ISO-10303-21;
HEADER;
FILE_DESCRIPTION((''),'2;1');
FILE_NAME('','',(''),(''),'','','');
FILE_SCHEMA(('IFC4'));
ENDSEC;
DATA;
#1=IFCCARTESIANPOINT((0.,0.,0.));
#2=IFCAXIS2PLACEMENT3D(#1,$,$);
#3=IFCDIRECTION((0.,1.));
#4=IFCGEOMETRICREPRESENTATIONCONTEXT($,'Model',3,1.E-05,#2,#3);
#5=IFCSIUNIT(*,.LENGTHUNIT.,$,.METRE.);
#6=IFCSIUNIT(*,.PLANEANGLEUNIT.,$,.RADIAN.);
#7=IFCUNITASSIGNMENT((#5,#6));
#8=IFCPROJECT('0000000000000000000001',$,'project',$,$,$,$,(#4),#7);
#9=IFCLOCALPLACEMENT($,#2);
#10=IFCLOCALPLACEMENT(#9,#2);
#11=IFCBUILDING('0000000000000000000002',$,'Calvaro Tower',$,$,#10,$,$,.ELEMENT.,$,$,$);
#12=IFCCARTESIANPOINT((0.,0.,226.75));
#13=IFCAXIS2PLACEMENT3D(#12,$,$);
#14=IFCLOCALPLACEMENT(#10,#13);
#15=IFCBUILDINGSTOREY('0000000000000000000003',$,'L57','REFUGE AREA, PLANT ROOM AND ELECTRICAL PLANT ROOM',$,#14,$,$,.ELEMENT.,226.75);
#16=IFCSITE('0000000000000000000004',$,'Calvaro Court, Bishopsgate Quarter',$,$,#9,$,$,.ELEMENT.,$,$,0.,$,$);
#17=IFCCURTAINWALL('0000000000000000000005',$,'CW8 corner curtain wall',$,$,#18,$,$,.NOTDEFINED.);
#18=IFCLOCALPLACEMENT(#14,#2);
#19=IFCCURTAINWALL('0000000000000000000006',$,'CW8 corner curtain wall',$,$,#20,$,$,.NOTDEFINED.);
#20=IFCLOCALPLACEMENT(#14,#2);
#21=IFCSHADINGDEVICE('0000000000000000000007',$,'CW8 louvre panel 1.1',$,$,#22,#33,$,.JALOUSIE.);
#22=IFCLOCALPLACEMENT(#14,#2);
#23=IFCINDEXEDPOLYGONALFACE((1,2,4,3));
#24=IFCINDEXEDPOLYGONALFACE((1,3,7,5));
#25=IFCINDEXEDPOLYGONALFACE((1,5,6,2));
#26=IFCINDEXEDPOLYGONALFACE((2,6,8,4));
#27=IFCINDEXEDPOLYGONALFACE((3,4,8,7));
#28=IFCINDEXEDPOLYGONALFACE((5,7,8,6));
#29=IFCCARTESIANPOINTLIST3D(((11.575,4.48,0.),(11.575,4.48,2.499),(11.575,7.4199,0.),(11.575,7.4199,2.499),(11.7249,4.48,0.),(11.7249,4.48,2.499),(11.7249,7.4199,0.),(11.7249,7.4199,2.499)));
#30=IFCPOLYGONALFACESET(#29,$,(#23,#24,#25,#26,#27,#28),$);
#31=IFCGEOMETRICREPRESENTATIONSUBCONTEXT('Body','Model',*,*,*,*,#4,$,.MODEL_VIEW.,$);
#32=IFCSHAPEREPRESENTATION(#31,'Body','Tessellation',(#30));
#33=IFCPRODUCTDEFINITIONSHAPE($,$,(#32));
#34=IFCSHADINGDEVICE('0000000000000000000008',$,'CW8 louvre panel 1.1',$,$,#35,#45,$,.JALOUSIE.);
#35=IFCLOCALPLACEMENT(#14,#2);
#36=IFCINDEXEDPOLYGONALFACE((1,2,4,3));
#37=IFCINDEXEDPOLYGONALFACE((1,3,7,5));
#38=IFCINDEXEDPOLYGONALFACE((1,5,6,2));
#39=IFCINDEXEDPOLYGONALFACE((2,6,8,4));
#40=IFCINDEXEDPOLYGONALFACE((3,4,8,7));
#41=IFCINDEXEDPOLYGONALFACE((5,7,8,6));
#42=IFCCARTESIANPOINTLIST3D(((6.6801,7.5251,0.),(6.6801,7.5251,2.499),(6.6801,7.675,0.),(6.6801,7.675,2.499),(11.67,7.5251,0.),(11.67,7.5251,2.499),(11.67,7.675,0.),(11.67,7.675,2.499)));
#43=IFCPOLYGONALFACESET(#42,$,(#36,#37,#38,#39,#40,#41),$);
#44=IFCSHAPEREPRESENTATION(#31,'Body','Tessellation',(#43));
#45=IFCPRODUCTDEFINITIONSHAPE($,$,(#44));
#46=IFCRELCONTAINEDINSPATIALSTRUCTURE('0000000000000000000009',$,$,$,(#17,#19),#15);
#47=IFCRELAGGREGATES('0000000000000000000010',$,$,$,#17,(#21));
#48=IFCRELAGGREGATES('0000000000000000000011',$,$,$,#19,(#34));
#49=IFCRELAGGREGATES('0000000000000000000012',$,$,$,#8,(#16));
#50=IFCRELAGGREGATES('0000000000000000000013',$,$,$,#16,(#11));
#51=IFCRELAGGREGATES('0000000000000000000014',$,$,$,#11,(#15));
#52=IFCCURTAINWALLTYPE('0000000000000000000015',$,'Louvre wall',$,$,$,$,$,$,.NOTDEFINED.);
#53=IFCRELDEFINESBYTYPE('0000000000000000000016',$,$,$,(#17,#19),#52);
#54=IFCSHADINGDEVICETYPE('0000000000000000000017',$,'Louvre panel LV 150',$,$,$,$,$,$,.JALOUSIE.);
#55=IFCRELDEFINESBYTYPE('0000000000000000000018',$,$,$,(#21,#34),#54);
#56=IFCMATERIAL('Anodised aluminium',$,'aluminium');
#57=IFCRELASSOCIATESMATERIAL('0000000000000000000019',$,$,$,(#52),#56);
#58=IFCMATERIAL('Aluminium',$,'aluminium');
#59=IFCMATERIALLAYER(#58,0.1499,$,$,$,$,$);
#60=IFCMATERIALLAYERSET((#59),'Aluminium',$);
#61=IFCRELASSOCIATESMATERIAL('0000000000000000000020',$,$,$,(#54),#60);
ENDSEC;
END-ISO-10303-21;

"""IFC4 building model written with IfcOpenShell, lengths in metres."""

from ifc_helpers import new_model, si_unit, direction, frame, origin, origin_2d, place, context, subcontext, project, spatial, rectangle, extrude, material, layer, layer_set, type_object, element, aggregate, save


model = new_model("IFC4")

# Units and contexts
model_context = context("Model", 3, precision=1e-05, world=origin(), true_north=direction((0.0, 1.0)))
body_context = subcontext(model_context, "Body", "Model", "MODEL_VIEW")
ifc_project = project(units=[si_unit("LENGTHUNIT", "METRE"), si_unit("PLANEANGLEUNIT", "RADIAN")], contexts=[model_context])

# Site, building, storey
site_placement = place(None, origin())
site = spatial("IfcSite", under=ifc_project, at=site_placement, Name="Calvaro Court, Bishopsgate Quarter", CompositionType="ELEMENT", RefElevation=0.0)
building_placement = place(site_placement, origin())
building = spatial("IfcBuilding", under=site, at=building_placement, Name="Calvaro Tower", CompositionType="ELEMENT")
storey_placement = place(building_placement, frame((0.0, 0.0, 226.75)))
storey = spatial("IfcBuildingStorey", under=building, at=storey_placement, Name="L57", Description="REFUGE AREA, PLANT ROOM AND ELECTRICAL PLANT ROOM", CompositionType="ELEMENT", Elevation=226.75)

# Curtain walls
ifc_material_1 = material(Name="Anodised aluminium", Category="aluminium")
curtain_wall_type = type_object("IfcCurtainWallType", Name="Louvre wall", PredefinedType="NOTDEFINED", material=ifc_material_1)
curtain_wall_1_placement = place(storey_placement, origin())
curtain_wall_1 = element("IfcCurtainWall", 1, at=curtain_wall_1_placement, inside=storey, type_object=curtain_wall_type, Name="CW8 corner curtain wall", PredefinedType="NOTDEFINED")
curtain_wall_2_placement = place(storey_placement, origin())
curtain_wall_2 = element("IfcCurtainWall", 2, at=curtain_wall_2_placement, inside=storey, type_object=curtain_wall_type, Name="CW8 corner curtain wall", PredefinedType="NOTDEFINED")

# Shading devices
ifc_material_2 = material(Name="Aluminium", Category="aluminium")
ifc_layer_1 = layer(ifc_material_2, 0.1499)
ifc_layer_set_1 = layer_set([ifc_layer_1], Name="Aluminium")
shading_device_type = type_object("IfcShadingDeviceType", Name="Louvre panel LV 150", PredefinedType="JALOUSIE", material=ifc_layer_set_1)
shading_device_1_placement = place(storey_placement, frame((11.6499, 5.95, 0.0), z_axis=(0.0, 0.0, 1.0), x_axis=(0.0, 1.0, 0.0)))
shading_device_1 = element("IfcShadingDevice", 3, at=shading_device_1_placement, type_object=shading_device_type, Name="CW8 louvre panel 1.1", PredefinedType="JALOUSIE", context=body_context, shape_type="SweptSolid", body=[
    extrude(rectangle(XDim=2.9399, YDim=0.1499, at=origin_2d()), origin(), (0.0, 0.0, 1.0), 2.499),
])
aggregate(curtain_wall_1, [shading_device_1])
shading_device_2_placement = place(storey_placement, frame((9.175, 7.6001, 0.0), z_axis=(0.0, 0.0, 1.0), x_axis=(1.0, 0.0, 0.0)))
shading_device_2 = element("IfcShadingDevice", 4, at=shading_device_2_placement, type_object=shading_device_type, Name="CW8 louvre panel 1.1", PredefinedType="JALOUSIE", context=body_context, shape_type="SweptSolid", body=[
    extrude(rectangle(XDim=4.99, YDim=0.1499, at=origin_2d()), origin(), (0.0, 0.0, 1.0), 2.499),
])
aggregate(curtain_wall_2, [shading_device_2])

save(model, "model.ifc")
